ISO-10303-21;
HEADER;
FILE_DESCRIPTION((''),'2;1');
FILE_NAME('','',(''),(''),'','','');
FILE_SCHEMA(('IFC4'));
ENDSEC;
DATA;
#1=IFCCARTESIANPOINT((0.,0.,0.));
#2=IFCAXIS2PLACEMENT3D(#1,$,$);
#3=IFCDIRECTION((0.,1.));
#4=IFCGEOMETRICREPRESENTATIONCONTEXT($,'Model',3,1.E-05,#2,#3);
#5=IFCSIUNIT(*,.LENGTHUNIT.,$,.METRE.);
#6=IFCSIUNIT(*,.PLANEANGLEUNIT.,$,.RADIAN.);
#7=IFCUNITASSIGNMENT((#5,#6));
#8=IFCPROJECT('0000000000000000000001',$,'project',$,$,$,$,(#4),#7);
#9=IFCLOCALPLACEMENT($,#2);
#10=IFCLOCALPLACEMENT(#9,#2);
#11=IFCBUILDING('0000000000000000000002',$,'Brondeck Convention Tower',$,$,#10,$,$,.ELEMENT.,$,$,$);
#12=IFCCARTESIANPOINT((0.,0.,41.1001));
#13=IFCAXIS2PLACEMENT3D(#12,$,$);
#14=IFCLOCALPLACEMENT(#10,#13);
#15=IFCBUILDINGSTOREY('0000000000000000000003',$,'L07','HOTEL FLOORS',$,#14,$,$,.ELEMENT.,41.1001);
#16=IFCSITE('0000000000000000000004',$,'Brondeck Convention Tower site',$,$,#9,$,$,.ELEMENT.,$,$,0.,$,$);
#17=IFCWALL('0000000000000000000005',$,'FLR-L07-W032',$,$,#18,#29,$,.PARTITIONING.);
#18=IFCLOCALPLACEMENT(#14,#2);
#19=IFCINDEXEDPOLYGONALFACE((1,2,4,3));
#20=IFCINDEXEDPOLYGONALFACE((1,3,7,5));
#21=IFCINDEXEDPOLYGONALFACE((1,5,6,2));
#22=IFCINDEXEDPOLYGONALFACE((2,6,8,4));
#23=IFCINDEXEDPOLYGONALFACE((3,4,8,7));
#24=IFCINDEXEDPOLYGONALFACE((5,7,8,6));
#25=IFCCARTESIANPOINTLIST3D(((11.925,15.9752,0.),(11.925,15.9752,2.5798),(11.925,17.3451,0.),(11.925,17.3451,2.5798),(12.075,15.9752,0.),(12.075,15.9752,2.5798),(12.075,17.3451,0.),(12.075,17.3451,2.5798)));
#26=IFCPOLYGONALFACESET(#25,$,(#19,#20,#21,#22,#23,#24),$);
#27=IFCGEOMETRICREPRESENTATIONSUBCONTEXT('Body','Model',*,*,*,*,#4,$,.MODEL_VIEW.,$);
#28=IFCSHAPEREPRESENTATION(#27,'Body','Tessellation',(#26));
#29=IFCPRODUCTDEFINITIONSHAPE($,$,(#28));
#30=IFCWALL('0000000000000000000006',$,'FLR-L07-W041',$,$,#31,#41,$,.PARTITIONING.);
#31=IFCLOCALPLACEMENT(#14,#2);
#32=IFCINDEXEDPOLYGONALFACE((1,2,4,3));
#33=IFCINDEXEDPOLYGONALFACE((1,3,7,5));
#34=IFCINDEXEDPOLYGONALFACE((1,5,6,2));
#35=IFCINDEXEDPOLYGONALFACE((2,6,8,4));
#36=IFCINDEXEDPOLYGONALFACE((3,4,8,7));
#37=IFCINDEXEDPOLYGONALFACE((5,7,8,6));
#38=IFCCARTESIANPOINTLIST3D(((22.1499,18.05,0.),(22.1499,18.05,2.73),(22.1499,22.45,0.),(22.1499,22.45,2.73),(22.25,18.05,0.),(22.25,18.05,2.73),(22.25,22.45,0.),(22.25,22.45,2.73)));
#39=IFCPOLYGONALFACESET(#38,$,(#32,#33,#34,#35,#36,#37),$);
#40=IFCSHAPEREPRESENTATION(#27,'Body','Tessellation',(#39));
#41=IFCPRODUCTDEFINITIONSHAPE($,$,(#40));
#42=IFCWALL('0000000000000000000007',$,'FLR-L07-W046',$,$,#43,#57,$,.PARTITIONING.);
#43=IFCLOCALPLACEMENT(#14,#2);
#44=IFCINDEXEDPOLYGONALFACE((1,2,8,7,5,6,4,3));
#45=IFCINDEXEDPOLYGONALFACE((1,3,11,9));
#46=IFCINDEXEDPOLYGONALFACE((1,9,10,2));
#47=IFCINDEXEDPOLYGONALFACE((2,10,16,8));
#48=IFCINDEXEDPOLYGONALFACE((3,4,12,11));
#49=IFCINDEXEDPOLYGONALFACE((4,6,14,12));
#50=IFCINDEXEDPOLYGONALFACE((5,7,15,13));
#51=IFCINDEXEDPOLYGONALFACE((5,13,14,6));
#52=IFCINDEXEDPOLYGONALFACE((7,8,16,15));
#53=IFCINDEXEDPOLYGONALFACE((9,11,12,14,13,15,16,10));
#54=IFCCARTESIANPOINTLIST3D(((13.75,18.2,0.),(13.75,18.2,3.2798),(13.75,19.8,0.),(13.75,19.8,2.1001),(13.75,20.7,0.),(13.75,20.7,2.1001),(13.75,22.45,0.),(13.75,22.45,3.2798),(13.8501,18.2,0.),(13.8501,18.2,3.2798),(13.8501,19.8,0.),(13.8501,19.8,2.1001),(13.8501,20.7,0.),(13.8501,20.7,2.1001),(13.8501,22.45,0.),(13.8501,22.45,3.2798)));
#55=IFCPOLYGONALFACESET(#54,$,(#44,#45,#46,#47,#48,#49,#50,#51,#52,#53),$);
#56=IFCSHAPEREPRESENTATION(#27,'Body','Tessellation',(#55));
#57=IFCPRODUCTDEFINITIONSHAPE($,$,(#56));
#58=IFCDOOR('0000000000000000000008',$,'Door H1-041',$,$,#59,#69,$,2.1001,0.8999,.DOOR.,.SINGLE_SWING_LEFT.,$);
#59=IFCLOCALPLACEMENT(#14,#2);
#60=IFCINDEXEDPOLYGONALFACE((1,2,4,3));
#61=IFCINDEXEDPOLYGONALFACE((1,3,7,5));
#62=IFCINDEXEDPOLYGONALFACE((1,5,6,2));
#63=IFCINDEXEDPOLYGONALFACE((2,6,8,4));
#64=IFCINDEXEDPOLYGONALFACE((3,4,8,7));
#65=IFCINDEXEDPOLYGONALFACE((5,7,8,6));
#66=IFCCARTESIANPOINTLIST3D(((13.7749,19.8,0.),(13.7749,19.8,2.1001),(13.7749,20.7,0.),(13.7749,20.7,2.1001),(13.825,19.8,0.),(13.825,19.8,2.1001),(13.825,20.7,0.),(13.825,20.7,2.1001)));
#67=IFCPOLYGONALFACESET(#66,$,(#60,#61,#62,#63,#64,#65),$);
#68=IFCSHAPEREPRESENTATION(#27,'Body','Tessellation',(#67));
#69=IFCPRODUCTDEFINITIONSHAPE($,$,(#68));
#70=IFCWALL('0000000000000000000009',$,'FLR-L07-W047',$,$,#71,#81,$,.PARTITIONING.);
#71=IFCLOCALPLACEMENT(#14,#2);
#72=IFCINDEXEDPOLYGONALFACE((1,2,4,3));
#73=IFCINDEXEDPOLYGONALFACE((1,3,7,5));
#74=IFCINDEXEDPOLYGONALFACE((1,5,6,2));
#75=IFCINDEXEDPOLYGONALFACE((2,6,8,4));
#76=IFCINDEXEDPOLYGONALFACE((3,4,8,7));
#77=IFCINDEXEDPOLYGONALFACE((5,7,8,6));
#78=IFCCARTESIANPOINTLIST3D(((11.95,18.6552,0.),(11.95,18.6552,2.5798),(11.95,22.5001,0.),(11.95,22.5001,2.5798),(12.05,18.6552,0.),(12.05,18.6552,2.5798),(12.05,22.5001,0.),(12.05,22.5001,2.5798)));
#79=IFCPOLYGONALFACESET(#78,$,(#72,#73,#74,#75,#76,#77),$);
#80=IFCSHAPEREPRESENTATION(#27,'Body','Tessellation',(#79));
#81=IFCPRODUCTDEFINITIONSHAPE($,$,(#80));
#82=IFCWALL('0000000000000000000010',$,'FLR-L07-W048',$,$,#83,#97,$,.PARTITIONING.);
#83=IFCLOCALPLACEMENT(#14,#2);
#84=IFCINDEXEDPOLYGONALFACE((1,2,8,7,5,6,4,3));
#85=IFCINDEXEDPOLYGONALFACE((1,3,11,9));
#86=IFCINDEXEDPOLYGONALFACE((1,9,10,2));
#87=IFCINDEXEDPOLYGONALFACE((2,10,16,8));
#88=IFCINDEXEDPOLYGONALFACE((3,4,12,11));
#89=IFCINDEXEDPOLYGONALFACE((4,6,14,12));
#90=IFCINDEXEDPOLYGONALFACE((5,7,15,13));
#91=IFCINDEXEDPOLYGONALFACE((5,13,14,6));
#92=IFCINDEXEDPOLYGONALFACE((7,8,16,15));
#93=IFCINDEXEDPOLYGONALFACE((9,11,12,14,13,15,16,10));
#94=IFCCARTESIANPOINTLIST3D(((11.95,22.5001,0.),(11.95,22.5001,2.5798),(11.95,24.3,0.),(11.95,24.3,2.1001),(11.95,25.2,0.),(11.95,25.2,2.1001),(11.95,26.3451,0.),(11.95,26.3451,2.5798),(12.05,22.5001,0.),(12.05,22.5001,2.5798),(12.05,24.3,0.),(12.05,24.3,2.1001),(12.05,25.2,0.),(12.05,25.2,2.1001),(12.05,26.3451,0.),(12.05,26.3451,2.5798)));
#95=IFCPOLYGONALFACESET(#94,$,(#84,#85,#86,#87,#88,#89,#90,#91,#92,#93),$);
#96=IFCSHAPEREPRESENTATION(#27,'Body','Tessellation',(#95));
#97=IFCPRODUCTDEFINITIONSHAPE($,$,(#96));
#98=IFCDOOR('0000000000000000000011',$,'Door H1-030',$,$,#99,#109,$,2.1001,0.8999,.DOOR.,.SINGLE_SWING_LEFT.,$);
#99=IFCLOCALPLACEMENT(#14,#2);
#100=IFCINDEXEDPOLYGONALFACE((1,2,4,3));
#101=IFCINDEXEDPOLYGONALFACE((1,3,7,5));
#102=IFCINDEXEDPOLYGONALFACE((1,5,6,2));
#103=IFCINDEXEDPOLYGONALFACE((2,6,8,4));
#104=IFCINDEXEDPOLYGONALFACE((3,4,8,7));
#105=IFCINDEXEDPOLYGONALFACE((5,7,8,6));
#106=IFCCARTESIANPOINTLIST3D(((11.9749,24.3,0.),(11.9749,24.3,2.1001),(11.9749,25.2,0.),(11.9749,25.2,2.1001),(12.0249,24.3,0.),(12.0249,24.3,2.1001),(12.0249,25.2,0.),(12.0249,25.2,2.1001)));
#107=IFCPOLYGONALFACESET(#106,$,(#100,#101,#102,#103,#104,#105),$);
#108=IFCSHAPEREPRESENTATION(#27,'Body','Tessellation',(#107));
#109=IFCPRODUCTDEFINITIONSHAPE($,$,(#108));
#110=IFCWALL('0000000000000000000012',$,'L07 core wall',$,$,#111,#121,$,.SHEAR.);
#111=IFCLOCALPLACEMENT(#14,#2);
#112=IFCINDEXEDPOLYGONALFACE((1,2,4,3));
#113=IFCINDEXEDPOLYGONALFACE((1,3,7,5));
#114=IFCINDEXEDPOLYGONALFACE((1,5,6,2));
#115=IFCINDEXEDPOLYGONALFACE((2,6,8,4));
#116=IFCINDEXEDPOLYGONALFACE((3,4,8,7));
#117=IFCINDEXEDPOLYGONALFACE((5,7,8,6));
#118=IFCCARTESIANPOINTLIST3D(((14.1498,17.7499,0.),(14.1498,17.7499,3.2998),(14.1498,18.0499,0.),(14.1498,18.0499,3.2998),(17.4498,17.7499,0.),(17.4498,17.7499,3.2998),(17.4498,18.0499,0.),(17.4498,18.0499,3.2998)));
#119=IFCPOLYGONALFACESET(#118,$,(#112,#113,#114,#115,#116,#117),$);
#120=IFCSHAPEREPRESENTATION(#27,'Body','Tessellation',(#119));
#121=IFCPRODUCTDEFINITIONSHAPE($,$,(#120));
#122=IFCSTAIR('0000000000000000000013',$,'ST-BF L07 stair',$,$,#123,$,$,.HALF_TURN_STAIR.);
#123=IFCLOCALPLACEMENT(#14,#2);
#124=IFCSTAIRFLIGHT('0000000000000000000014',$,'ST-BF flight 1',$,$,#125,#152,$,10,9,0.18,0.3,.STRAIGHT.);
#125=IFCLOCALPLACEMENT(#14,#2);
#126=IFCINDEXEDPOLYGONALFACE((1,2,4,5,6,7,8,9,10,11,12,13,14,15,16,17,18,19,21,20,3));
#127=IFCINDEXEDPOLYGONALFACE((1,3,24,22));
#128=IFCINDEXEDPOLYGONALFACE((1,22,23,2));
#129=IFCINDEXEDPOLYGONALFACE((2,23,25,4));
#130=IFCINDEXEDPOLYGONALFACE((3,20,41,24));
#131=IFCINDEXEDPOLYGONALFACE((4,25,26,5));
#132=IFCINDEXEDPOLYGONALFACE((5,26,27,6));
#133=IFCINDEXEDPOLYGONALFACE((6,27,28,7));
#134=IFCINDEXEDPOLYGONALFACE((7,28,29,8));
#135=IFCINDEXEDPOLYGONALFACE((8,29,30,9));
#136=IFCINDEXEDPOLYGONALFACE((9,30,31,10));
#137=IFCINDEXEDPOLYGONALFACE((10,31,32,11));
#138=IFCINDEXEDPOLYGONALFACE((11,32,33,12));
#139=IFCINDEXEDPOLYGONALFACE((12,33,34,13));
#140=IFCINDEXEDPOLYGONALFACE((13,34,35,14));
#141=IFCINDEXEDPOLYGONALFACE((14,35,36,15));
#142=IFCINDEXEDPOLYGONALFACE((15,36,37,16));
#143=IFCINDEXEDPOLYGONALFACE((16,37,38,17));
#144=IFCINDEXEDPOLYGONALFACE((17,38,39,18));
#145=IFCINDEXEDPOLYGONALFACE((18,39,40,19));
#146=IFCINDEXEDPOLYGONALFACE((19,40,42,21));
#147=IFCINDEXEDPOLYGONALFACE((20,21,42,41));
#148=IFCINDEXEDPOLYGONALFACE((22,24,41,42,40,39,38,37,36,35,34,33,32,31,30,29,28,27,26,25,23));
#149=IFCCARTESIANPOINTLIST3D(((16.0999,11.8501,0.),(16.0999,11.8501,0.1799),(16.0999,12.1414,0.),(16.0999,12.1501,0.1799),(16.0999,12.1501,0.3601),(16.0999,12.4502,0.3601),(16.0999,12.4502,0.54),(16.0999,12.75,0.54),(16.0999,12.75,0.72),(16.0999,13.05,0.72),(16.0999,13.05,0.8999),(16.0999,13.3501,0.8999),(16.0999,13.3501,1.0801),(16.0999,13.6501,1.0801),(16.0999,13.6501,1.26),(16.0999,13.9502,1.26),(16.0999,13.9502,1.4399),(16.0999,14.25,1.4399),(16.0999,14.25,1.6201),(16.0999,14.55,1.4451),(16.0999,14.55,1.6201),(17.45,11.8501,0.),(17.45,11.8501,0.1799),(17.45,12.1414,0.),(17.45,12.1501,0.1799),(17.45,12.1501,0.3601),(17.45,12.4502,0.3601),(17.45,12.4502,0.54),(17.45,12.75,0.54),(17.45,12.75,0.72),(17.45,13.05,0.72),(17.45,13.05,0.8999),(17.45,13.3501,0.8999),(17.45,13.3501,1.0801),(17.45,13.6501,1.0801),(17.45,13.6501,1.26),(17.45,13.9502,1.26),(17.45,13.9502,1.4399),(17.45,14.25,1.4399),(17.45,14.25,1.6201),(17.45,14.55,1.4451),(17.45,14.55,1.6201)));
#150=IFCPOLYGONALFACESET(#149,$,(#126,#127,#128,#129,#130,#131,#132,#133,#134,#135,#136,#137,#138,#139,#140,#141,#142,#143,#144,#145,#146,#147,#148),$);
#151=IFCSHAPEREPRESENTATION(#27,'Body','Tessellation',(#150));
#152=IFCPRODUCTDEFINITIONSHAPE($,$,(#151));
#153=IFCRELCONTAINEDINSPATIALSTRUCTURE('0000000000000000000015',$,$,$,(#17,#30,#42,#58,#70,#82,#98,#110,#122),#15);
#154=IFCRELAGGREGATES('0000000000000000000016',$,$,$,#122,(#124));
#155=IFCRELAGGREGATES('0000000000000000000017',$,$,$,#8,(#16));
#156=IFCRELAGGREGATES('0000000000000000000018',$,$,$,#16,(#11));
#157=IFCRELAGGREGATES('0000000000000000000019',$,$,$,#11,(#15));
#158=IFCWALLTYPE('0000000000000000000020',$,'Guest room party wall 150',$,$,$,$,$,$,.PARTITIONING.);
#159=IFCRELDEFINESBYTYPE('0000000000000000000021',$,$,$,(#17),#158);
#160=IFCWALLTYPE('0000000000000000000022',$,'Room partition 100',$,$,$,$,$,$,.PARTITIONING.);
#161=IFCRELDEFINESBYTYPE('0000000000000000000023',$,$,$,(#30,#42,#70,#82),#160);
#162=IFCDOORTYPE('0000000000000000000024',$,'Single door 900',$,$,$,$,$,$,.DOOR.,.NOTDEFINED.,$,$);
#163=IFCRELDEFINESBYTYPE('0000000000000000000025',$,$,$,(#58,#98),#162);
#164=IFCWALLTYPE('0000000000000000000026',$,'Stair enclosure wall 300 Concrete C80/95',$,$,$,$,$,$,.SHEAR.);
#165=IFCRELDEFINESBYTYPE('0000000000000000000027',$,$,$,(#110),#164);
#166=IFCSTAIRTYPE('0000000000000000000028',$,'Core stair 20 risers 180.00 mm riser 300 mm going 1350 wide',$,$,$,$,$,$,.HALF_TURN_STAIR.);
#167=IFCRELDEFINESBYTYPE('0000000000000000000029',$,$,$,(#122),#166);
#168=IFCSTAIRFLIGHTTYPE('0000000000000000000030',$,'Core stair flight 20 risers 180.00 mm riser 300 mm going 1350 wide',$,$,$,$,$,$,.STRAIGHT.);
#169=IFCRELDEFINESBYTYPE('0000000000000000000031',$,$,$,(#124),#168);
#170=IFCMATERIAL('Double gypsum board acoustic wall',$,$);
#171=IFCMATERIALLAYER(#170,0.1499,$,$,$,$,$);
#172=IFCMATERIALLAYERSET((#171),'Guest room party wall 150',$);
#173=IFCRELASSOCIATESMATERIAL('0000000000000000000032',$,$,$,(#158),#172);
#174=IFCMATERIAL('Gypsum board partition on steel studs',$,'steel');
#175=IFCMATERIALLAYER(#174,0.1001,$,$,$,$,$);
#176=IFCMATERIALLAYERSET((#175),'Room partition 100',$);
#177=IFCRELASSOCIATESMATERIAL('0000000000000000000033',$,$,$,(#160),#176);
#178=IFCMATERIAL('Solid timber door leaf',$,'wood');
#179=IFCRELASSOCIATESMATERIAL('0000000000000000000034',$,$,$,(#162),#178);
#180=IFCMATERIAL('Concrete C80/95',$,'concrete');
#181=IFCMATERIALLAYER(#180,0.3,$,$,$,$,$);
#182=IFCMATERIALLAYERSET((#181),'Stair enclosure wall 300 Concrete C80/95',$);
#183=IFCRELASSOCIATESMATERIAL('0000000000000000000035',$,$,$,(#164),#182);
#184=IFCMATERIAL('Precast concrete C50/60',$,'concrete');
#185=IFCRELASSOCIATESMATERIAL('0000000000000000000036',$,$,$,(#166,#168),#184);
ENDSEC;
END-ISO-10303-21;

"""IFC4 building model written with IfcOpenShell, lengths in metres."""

from ifc_helpers import new_model, si_unit, direction, frame, frame_2d, origin, place, context, subcontext, project, spatial, polyline, rectangle, outline, extrude, material, layer, layer_set, type_object, element, fill, aggregate, save


model = new_model("IFC4")

# Units and contexts
model_context = context("Model", 3, precision=1e-05, world=origin(), true_north=direction((0.0, 1.0)))
body_context = subcontext(model_context, "Body", "Model", "MODEL_VIEW")
ifc_project = project(units=[si_unit("LENGTHUNIT", "METRE"), si_unit("PLANEANGLEUNIT", "RADIAN")], contexts=[model_context])

# Site, building, storey
site_placement = place(None, origin())
site = spatial("IfcSite", under=ifc_project, at=site_placement, Name="Brondeck Convention Tower site", CompositionType="ELEMENT", RefElevation=0.0)
building_placement = place(site_placement, origin())
building = spatial("IfcBuilding", under=site, at=building_placement, Name="Brondeck Convention Tower", CompositionType="ELEMENT")
storey_placement = place(building_placement, frame((0.0, 0.0, 41.1001)))
storey = spatial("IfcBuildingStorey", under=building, at=storey_placement, Name="L07", Description="HOTEL FLOORS", CompositionType="ELEMENT", Elevation=41.1001)

# Shared definitions
ifc_material_1 = material(Name="Concrete C80/95", Category="concrete")

# Shared definitions
ifc_material_2 = material(Name="Double gypsum board acoustic wall")
ifc_layer_1 = layer(ifc_material_2, 0.1499)
ifc_layer_set_1 = layer_set([ifc_layer_1], Name="Guest room party wall 150")
wall_type_1 = type_object("IfcWallType", Name="Guest room party wall 150", PredefinedType="PARTITIONING", material=ifc_layer_set_1)

# Walls
wall_1_placement = place(storey_placement, frame((12.0, 15.9751, 0.0), z_axis=(0.0, 0.0, 1.0), x_axis=(0.0, 1.0, 0.0)))
element("IfcWall", 1, at=wall_1_placement, inside=storey, type_object=wall_type_1, Name="FLR-L07-W032", PredefinedType="PARTITIONING", context=body_context, shape_type="SweptSolid", body=[
    extrude(rectangle(XDim=1.3699, YDim=0.1499, at=frame_2d((0.6851, 0.0))), origin(), (0.0, 0.0, 1.0), 2.5798),
])
ifc_material_3 = material(Name="Gypsum board partition on steel studs", Category="steel")
ifc_layer_2 = layer(ifc_material_3, 0.1001)
ifc_layer_set_2 = layer_set([ifc_layer_2], Name="Room partition 100")
wall_type_2 = type_object("IfcWallType", Name="Room partition 100", PredefinedType="PARTITIONING", material=ifc_layer_set_2)
wall_2_placement = place(storey_placement, frame((22.2, 18.05, 0.0), z_axis=(0.0, 0.0, 1.0), x_axis=(0.0, 1.0, 0.0)))
element("IfcWall", 2, at=wall_2_placement, inside=storey, type_object=wall_type_2, Name="FLR-L07-W041", PredefinedType="PARTITIONING", context=body_context, shape_type="SweptSolid", body=[
    extrude(rectangle(XDim=4.3999, YDim=0.1001, at=frame_2d((2.2, 0.0))), origin(), (0.0, 0.0, 1.0), 2.73),
])

# Wall, opening, door
wall_3_placement = place(storey_placement, frame((13.8, 22.45, 0.0), z_axis=(0.0, 0.0, 1.0), x_axis=(0.0, -1.0, 0.0)))
wall_3 = element("IfcWall", 3, at=wall_3_placement, inside=storey, type_object=wall_type_2, Name="FLR-L07-W046", PredefinedType="PARTITIONING", context=body_context, shape_type="SweptSolid", body=[
    extrude(rectangle(XDim=4.25, YDim=0.1001, at=frame_2d((2.125, 0.0))), origin(), (0.0, 0.0, 1.0), 3.2798),
])
opening_1_placement = place(wall_3_placement, frame((1.75, 0.0, 0.0)))
opening_1 = element("IfcOpeningElement", 4, at=opening_1_placement, cuts=wall_3, PredefinedType="OPENING", context=body_context, shape_type="SweptSolid", body=[
    extrude(rectangle(XDim=0.8999, YDim=2.1001, at=frame_2d((0.45, 1.05))), frame((0.0, 0.0601, 0.0), z_axis=(0.0, -1.0, 0.0), x_axis=(1.0, 0.0, 0.0)), (0.0, 0.0, 1.0), 0.1201),
])
ifc_material_4 = material(Name="Solid timber door leaf", Category="wood")
door_type_1 = type_object("IfcDoorType", Name="Single door 900", OperationType="NOTDEFINED", PredefinedType="DOOR", material=ifc_material_4)
door_1_placement = place(opening_1_placement, origin())
door_1 = element("IfcDoor", 5, at=door_1_placement, inside=storey, type_object=door_type_1, Name="Door H1-041", OperationType="SINGLE_SWING_LEFT", OverallHeight=2.1001, OverallWidth=0.8999, PredefinedType="DOOR", context=body_context, shape_type="SweptSolid", body=[
    extrude(rectangle(XDim=0.8999, YDim=2.1001, at=frame_2d((0.45, 1.05))), frame((0.0, 0.0249, 0.0), z_axis=(0.0, -1.0, 0.0), x_axis=(1.0, 0.0, 0.0)), (0.0, 0.0, 1.0), 0.05),
])
fill(opening_1, door_1)

# Wall
wall_4_placement = place(storey_placement, frame((12.0, 22.5, 0.0), z_axis=(0.0, 0.0, 1.0), x_axis=(0.0, -1.0, 0.0)))
element("IfcWall", 6, at=wall_4_placement, inside=storey, type_object=wall_type_2, Name="FLR-L07-W047", PredefinedType="PARTITIONING", context=body_context, shape_type="SweptSolid", body=[
    extrude(rectangle(XDim=3.845, YDim=0.1001, at=frame_2d((1.9224, 0.0))), origin(), (0.0, 0.0, 1.0), 2.5798),
])

# Wall, opening, door
wall_5_placement = place(storey_placement, frame((12.0, 26.345, 0.0), z_axis=(0.0, 0.0, 1.0), x_axis=(0.0, -1.0, 0.0)))
wall_5 = element("IfcWall", 7, at=wall_5_placement, inside=storey, type_object=wall_type_2, Name="FLR-L07-W048", PredefinedType="PARTITIONING", context=body_context, shape_type="SweptSolid", body=[
    extrude(rectangle(XDim=3.845, YDim=0.1001, at=frame_2d((1.9224, 0.0))), origin(), (0.0, 0.0, 1.0), 2.5798),
])
opening_2_placement = place(wall_5_placement, frame((1.145, 0.0, 0.0)))
opening_2 = element("IfcOpeningElement", 8, at=opening_2_placement, cuts=wall_5, PredefinedType="OPENING", context=body_context, shape_type="SweptSolid", body=[
    extrude(rectangle(XDim=0.8999, YDim=2.1001, at=frame_2d((0.45, 1.05))), frame((0.0, 0.0601, 0.0), z_axis=(0.0, -1.0, 0.0), x_axis=(1.0, 0.0, 0.0)), (0.0, 0.0, 1.0), 0.1201),
])
door_2_placement = place(opening_2_placement, origin())
door_2 = element("IfcDoor", 9, at=door_2_placement, inside=storey, type_object=door_type_1, Name="Door H1-030", OperationType="SINGLE_SWING_LEFT", OverallHeight=2.1001, OverallWidth=0.8999, PredefinedType="DOOR", context=body_context, shape_type="SweptSolid", body=[
    extrude(rectangle(XDim=0.8999, YDim=2.1001, at=frame_2d((0.45, 1.05))), frame((0.0, 0.0249, 0.0), z_axis=(0.0, -1.0, 0.0), x_axis=(1.0, 0.0, 0.0)), (0.0, 0.0, 1.0), 0.05),
])
fill(opening_2, door_2)

# Wall
ifc_layer_3 = layer(ifc_material_1, 0.3)
ifc_layer_set_3 = layer_set([ifc_layer_3], Name="Stair enclosure wall 300 Concrete C80/95")
wall_type_3 = type_object("IfcWallType", Name="Stair enclosure wall 300 Concrete C80/95", PredefinedType="SHEAR", material=ifc_layer_set_3)
wall_6_placement = place(storey_placement, frame((14.1499, 17.8999, 0.0), z_axis=(0.0, 0.0, 1.0), x_axis=(1.0, 0.0, 0.0)))
element("IfcWall", 10, at=wall_6_placement, inside=storey, type_object=wall_type_3, Name="L07 core wall", PredefinedType="SHEAR", context=body_context, shape_type="SweptSolid", body=[
    extrude(rectangle(XDim=3.3, YDim=0.3, at=frame_2d((1.6499, 0.0))), origin(), (0.0, 0.0, 1.0), 3.2998),
])

# Stair, stair flight
ifc_material_5 = material(Name="Precast concrete C50/60", Category="concrete")
stair_type = type_object("IfcStairType", Name="Core stair 20 risers 180.00 mm riser 300 mm going 1350 wide", PredefinedType="HALF_TURN_STAIR", material=ifc_material_5)
stair_placement = place(storey_placement, origin())
stair = element("IfcStair", 11, at=stair_placement, inside=storey, type_object=stair_type, Name="ST-BF L07 stair", PredefinedType="HALF_TURN_STAIR")
stair_flight_type = type_object("IfcStairFlightType", Name="Core stair flight 20 risers 180.00 mm riser 300 mm going 1350 wide", PredefinedType="STRAIGHT", material=ifc_material_5)
stair_flight_1_placement = place(storey_placement, frame((16.7749, 11.8501, 0.0), z_axis=(0.0, 0.0, 1.0), x_axis=(0.0, 1.0, 0.0)))
stair_flight_1 = element("IfcStairFlight", 12, at=stair_flight_1_placement, type_object=stair_flight_type, Name="ST-BF flight 1", NumberOfRisers=10, NumberOfTreads=9, PredefinedType="STRAIGHT", RiserHeight=0.18, TreadLength=0.3, context=body_context, shape_type="SweptSolid", body=[
    extrude(outline(polyline([(0.0, 0.0), (0.0, 0.1799), (0.3, 0.1799), (0.3, 0.3601), (0.6001, 0.3601), (0.6001, 0.54), (0.8999, 0.54), (0.8999, 0.72), (1.2, 0.72), (1.2, 0.8999), (1.5, 0.8999), (1.5, 1.0801), (1.8, 1.0801), (1.8, 1.26), (2.1001, 1.26), (2.1001, 1.4399), (2.3999, 1.4399), (2.3999, 1.6201), (2.7, 1.6201), (2.7, 1.8), (2.7, 1.4451), (0.2913, 0.0), (0.0, 0.0)])), frame((0.0, 0.675, 0.0), z_axis=(0.0, -1.0, 0.0), x_axis=(1.0, 0.0, 0.0)), (0.0, 0.0, 1.0), 1.3501),
])
aggregate(stair, [stair_flight_1])

save(model, "model.ifc")
